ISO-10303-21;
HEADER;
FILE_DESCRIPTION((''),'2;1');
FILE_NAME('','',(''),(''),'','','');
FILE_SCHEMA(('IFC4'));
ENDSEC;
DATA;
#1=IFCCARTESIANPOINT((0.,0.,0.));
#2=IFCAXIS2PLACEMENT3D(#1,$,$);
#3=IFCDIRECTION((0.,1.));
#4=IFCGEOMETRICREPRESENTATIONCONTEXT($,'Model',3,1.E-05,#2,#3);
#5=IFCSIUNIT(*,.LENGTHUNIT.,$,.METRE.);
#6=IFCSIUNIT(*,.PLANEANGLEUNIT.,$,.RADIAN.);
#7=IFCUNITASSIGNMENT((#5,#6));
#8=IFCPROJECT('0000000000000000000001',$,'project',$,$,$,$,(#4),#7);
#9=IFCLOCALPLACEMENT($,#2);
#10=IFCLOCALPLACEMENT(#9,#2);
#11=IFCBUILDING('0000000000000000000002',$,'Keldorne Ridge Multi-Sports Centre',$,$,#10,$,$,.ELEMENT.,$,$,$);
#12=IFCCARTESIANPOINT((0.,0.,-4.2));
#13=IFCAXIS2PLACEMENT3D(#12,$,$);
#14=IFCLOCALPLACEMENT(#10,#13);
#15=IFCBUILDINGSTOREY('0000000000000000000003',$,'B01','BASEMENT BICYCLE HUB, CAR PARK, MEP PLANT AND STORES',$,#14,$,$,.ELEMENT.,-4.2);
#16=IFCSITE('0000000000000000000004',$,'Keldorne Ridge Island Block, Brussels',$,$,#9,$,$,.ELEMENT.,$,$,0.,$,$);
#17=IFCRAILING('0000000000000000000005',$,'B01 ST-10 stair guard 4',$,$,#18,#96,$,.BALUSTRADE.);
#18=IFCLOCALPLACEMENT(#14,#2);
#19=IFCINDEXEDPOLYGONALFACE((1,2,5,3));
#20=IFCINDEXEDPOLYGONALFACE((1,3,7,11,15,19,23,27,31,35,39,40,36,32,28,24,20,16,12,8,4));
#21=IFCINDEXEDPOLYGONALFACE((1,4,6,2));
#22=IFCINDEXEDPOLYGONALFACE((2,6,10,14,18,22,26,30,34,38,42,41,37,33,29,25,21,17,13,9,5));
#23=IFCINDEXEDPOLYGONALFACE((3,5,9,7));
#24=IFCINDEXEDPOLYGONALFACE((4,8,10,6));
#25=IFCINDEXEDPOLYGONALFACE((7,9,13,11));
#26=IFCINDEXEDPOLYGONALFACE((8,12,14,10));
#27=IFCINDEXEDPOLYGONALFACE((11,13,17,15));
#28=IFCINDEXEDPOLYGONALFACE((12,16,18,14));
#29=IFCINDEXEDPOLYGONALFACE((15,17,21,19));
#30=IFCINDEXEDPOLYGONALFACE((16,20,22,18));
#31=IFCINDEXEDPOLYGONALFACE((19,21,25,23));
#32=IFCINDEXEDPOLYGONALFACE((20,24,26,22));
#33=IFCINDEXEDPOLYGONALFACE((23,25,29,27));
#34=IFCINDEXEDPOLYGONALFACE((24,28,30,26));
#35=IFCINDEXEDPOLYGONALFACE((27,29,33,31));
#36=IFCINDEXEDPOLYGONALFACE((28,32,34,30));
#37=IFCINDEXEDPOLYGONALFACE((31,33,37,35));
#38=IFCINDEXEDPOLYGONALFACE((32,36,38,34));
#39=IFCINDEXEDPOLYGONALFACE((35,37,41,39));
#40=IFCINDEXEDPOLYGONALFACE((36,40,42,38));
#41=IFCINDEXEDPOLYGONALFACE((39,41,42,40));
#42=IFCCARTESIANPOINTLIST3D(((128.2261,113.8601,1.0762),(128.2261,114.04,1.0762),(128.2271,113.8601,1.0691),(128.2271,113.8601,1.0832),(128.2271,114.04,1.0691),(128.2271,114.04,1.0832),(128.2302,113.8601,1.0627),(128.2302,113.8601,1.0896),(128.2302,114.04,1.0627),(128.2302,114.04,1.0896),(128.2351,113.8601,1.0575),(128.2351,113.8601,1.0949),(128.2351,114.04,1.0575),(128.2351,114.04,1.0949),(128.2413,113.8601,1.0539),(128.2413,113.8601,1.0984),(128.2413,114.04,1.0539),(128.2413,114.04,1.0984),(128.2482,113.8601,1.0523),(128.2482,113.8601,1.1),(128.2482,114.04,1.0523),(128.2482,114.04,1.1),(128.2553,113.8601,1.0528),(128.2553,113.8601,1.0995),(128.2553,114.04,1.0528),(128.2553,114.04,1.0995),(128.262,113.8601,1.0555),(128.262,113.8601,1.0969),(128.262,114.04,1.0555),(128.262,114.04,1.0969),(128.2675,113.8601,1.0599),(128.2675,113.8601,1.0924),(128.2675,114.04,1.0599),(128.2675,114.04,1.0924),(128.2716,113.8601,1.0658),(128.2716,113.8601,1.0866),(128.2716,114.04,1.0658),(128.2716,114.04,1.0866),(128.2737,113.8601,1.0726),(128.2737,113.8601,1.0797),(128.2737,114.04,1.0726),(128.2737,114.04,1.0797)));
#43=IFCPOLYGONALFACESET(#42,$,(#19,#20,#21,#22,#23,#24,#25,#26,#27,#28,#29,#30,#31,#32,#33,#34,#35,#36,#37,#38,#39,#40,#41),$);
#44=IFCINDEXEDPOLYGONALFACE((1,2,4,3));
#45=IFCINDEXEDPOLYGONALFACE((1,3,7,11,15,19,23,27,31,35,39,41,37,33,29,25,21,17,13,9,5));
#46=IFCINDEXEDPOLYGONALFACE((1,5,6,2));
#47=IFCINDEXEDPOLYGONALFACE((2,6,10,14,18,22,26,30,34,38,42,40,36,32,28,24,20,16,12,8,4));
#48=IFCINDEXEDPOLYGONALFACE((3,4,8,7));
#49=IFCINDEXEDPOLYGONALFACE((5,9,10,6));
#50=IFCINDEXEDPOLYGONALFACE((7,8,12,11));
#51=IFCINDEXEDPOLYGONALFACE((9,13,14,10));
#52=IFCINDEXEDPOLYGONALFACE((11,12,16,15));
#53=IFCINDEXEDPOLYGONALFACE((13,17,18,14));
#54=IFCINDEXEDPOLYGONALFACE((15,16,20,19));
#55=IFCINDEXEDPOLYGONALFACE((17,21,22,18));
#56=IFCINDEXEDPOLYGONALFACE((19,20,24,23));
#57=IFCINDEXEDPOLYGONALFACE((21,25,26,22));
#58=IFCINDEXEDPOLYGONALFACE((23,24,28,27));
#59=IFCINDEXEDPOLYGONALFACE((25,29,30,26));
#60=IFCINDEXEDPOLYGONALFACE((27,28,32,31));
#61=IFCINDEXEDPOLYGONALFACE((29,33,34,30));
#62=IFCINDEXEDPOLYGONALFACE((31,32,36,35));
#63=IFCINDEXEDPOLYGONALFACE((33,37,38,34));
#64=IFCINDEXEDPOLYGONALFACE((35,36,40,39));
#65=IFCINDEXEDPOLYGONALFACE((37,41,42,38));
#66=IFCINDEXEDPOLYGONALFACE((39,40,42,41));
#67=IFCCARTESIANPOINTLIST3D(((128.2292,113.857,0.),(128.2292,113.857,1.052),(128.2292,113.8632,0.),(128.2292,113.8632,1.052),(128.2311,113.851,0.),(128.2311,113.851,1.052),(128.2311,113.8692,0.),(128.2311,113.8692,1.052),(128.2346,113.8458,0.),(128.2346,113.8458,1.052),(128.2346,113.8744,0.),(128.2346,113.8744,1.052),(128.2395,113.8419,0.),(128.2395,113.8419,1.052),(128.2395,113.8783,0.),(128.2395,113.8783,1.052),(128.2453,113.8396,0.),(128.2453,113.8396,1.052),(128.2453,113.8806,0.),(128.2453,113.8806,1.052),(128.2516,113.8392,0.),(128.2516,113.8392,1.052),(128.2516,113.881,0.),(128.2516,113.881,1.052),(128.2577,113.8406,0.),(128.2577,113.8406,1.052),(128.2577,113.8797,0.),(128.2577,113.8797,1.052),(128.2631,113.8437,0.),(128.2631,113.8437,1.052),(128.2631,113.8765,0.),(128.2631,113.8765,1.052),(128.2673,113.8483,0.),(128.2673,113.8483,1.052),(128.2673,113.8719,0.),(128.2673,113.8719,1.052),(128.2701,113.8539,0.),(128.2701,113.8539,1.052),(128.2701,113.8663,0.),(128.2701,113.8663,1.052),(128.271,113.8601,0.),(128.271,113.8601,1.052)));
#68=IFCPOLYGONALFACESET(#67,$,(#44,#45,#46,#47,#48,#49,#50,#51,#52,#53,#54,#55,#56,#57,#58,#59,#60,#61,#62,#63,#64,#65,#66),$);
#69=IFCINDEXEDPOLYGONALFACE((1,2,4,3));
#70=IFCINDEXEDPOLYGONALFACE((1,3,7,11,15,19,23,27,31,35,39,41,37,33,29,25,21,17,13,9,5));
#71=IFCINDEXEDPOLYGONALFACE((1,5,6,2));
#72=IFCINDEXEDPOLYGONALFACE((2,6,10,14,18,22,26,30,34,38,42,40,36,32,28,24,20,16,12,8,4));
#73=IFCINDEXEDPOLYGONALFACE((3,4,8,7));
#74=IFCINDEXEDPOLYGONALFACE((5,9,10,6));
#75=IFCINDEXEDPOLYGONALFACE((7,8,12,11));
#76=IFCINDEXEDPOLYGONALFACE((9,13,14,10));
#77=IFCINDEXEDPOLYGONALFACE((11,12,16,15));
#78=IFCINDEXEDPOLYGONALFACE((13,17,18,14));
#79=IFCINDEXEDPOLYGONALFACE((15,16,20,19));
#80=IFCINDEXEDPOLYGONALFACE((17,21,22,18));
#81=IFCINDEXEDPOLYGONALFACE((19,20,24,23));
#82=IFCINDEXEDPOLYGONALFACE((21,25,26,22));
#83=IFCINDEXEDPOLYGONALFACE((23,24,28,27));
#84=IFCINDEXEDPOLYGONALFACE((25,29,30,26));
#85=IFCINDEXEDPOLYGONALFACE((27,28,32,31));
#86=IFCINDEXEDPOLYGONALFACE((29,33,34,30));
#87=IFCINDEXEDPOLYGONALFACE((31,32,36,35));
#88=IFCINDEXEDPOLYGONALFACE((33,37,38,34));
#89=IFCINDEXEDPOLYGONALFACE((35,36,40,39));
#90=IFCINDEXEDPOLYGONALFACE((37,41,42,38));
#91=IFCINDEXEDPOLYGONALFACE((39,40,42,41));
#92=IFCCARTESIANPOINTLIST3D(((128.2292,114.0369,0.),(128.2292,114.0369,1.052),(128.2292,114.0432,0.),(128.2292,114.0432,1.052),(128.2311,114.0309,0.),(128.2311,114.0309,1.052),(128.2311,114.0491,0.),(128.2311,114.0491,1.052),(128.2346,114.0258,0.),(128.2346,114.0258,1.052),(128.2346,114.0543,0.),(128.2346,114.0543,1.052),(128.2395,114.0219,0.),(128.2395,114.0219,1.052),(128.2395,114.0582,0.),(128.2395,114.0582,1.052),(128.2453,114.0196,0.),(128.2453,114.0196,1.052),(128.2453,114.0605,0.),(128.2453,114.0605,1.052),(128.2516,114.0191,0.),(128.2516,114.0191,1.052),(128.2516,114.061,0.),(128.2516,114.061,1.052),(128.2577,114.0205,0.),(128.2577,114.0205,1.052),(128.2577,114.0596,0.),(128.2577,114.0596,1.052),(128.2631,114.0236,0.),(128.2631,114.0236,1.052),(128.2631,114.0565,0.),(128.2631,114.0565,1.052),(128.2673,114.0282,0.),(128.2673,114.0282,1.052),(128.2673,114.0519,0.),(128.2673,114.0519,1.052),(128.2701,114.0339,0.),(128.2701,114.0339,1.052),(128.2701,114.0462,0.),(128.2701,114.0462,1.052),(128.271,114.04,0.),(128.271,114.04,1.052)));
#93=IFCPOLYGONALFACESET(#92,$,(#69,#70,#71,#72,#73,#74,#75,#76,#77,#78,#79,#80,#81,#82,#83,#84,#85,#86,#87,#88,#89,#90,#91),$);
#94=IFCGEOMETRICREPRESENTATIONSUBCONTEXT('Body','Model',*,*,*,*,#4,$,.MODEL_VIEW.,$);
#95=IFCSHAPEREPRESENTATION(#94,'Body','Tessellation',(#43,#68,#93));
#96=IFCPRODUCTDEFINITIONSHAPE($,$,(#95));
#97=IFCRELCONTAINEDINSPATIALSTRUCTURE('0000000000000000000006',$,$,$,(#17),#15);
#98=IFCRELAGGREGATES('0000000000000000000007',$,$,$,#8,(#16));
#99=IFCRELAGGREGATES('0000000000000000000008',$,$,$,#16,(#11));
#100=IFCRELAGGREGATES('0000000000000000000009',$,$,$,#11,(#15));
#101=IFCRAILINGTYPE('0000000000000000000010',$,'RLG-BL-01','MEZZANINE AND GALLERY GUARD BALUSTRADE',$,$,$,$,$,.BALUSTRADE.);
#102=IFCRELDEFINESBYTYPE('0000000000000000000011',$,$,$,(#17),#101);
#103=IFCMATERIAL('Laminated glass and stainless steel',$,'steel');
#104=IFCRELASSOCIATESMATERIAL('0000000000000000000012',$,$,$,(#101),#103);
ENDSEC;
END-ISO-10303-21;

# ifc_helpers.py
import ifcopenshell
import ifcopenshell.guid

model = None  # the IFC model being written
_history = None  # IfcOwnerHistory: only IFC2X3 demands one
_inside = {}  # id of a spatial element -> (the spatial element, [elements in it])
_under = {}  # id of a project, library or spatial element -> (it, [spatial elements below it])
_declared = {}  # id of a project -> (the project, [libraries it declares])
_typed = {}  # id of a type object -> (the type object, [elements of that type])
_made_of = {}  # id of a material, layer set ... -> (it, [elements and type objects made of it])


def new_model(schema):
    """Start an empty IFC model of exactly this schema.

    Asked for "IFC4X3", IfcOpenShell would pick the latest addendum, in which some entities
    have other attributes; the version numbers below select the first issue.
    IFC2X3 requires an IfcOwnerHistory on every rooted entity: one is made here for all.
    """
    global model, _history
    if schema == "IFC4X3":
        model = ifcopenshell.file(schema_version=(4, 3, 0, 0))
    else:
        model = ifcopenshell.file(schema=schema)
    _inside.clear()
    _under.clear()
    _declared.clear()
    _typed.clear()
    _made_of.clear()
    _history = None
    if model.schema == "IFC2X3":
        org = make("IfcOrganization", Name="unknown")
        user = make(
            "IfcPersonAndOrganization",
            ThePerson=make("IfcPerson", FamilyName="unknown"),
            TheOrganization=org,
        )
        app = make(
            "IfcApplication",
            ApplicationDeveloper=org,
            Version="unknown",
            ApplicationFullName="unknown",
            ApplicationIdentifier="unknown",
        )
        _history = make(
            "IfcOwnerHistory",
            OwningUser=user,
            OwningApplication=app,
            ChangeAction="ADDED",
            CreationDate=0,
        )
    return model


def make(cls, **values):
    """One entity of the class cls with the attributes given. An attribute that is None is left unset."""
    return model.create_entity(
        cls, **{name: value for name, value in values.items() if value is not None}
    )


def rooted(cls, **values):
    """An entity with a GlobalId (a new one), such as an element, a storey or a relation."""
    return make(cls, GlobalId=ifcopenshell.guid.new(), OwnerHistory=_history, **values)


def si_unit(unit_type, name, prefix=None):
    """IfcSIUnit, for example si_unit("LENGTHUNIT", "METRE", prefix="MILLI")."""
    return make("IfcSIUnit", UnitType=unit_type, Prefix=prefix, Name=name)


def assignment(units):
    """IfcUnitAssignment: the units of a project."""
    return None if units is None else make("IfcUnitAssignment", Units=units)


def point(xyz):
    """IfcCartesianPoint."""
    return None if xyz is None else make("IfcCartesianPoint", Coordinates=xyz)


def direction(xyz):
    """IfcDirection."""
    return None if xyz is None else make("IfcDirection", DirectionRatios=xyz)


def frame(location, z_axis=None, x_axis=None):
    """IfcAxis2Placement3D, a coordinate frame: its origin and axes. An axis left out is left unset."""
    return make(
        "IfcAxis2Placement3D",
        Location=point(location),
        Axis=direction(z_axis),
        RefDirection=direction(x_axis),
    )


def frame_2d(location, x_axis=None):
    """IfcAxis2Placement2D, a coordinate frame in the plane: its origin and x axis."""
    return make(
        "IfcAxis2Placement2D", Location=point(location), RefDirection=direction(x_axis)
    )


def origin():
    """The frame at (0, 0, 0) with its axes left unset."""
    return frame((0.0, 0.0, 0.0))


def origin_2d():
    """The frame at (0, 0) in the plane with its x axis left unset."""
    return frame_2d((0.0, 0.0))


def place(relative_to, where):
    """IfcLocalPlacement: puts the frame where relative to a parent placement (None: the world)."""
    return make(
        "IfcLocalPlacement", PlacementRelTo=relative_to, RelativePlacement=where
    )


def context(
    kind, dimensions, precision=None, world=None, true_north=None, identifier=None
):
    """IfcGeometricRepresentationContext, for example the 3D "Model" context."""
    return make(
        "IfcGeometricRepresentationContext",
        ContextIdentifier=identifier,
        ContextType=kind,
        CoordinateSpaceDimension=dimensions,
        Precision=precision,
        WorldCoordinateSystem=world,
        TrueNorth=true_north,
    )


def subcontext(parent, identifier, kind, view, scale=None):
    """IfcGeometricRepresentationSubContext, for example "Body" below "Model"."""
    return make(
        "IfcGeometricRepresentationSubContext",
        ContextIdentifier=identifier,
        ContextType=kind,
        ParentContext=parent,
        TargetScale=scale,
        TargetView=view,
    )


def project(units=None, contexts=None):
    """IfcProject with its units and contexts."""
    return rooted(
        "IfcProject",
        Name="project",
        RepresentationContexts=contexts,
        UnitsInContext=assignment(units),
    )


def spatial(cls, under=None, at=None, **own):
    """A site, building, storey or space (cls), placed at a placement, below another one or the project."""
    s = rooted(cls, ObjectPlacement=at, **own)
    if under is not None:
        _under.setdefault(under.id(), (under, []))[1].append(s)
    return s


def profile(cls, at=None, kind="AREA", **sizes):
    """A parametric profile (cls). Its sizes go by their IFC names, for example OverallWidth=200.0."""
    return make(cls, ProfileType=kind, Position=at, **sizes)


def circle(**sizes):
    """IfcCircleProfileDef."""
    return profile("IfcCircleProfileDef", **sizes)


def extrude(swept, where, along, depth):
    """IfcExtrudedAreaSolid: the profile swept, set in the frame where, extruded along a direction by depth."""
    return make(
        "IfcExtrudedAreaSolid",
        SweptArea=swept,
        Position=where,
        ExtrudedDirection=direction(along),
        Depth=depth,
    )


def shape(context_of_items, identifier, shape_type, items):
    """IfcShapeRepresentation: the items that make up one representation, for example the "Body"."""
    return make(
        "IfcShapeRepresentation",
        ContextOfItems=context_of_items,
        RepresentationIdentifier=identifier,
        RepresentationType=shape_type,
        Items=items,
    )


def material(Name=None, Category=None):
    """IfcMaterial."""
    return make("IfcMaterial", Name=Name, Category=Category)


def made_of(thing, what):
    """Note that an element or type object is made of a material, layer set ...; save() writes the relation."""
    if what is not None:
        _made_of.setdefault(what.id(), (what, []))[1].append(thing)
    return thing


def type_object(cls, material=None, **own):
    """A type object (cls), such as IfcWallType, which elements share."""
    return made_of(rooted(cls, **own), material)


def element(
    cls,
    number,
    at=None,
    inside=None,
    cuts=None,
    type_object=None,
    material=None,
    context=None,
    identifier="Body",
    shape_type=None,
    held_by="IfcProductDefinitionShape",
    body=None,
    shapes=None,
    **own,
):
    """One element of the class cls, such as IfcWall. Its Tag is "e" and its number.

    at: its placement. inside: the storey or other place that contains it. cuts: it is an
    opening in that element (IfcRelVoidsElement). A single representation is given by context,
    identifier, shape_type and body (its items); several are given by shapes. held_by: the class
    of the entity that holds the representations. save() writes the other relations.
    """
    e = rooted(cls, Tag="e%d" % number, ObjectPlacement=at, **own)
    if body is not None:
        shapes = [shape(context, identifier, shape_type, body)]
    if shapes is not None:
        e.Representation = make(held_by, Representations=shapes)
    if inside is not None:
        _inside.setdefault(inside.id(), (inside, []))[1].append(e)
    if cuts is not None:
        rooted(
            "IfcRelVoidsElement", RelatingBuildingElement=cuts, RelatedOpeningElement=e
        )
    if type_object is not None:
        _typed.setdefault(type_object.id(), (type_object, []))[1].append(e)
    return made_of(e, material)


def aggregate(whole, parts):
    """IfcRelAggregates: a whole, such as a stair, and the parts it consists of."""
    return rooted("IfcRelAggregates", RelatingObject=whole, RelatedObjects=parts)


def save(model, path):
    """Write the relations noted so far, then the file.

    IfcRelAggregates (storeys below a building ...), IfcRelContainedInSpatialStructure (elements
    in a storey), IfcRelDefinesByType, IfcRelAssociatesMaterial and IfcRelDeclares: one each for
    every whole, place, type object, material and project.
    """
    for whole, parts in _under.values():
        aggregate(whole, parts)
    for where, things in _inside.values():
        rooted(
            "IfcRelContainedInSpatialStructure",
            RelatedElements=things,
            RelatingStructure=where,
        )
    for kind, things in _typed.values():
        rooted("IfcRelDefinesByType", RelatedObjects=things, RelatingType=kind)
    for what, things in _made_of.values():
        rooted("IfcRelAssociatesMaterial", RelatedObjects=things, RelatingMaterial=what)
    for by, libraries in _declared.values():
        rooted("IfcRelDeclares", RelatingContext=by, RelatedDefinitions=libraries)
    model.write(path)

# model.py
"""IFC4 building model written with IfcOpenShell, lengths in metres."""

from ifc_helpers import new_model, si_unit, direction, frame, origin, origin_2d, place, context, subcontext, project, spatial, circle, extrude, material, type_object, element, save


model = new_model("IFC4")

# Units and contexts
model_context = context("Model", 3, precision=1e-05, world=origin(), true_north=direction((0.0, 1.0)))
body_context = subcontext(model_context, "Body", "Model", "MODEL_VIEW")
ifc_project = project(units=[si_unit("LENGTHUNIT", "METRE"), si_unit("PLANEANGLEUNIT", "RADIAN")], contexts=[model_context])

# Site, building, storey
site_placement = place(None, origin())
site = spatial("IfcSite", under=ifc_project, at=site_placement, Name="Keldorne Ridge Island Block, Brussels", CompositionType="ELEMENT", RefElevation=0.0)
building_placement = place(site_placement, origin())
building = spatial("IfcBuilding", under=site, at=building_placement, Name="Keldorne Ridge Multi-Sports Centre", CompositionType="ELEMENT")
storey_placement = place(building_placement, frame((0.0, 0.0, -4.2)))
storey = spatial("IfcBuildingStorey", under=building, at=storey_placement, Name="B01", Description="BASEMENT BICYCLE HUB, CAR PARK, MEP PLANT AND STORES", CompositionType="ELEMENT", Elevation=-4.2)

# Railing
ifc_material_1 = material(Name="Laminated glass and stainless steel", Category="steel")
railing_type_1 = type_object("IfcRailingType", Name="RLG-BL-01", Description="MEZZANINE AND GALLERY GUARD BALUSTRADE", PredefinedType="BALUSTRADE", material=ifc_material_1)
railing_1_placement = place(storey_placement, frame((128.25, 113.8601, 0.0)))
element("IfcRailing", 1, at=railing_1_placement, inside=storey, type_object=railing_type_1, Name="B01 ST-10 stair guard 4", PredefinedType="BALUSTRADE", context=body_context, shape_type="SweptSolid", body=[
    extrude(circle(Radius=0.0239, at=origin_2d()), frame((0.0, 0.0, 1.0762), z_axis=(0.0, 1.0, 0.0), x_axis=(-1.0, 0.0, 0.0)), (0.0, 0.0, 1.0), 0.1799),
    extrude(circle(Radius=0.021, at=origin_2d()), origin(), (0.0, 0.0, 1.0), 1.052),
    extrude(circle(Radius=0.021, at=origin_2d()), frame((0.0, 0.1799, 0.0)), (0.0, 0.0, 1.0), 1.052),
])

save(model, "model.ifc")
